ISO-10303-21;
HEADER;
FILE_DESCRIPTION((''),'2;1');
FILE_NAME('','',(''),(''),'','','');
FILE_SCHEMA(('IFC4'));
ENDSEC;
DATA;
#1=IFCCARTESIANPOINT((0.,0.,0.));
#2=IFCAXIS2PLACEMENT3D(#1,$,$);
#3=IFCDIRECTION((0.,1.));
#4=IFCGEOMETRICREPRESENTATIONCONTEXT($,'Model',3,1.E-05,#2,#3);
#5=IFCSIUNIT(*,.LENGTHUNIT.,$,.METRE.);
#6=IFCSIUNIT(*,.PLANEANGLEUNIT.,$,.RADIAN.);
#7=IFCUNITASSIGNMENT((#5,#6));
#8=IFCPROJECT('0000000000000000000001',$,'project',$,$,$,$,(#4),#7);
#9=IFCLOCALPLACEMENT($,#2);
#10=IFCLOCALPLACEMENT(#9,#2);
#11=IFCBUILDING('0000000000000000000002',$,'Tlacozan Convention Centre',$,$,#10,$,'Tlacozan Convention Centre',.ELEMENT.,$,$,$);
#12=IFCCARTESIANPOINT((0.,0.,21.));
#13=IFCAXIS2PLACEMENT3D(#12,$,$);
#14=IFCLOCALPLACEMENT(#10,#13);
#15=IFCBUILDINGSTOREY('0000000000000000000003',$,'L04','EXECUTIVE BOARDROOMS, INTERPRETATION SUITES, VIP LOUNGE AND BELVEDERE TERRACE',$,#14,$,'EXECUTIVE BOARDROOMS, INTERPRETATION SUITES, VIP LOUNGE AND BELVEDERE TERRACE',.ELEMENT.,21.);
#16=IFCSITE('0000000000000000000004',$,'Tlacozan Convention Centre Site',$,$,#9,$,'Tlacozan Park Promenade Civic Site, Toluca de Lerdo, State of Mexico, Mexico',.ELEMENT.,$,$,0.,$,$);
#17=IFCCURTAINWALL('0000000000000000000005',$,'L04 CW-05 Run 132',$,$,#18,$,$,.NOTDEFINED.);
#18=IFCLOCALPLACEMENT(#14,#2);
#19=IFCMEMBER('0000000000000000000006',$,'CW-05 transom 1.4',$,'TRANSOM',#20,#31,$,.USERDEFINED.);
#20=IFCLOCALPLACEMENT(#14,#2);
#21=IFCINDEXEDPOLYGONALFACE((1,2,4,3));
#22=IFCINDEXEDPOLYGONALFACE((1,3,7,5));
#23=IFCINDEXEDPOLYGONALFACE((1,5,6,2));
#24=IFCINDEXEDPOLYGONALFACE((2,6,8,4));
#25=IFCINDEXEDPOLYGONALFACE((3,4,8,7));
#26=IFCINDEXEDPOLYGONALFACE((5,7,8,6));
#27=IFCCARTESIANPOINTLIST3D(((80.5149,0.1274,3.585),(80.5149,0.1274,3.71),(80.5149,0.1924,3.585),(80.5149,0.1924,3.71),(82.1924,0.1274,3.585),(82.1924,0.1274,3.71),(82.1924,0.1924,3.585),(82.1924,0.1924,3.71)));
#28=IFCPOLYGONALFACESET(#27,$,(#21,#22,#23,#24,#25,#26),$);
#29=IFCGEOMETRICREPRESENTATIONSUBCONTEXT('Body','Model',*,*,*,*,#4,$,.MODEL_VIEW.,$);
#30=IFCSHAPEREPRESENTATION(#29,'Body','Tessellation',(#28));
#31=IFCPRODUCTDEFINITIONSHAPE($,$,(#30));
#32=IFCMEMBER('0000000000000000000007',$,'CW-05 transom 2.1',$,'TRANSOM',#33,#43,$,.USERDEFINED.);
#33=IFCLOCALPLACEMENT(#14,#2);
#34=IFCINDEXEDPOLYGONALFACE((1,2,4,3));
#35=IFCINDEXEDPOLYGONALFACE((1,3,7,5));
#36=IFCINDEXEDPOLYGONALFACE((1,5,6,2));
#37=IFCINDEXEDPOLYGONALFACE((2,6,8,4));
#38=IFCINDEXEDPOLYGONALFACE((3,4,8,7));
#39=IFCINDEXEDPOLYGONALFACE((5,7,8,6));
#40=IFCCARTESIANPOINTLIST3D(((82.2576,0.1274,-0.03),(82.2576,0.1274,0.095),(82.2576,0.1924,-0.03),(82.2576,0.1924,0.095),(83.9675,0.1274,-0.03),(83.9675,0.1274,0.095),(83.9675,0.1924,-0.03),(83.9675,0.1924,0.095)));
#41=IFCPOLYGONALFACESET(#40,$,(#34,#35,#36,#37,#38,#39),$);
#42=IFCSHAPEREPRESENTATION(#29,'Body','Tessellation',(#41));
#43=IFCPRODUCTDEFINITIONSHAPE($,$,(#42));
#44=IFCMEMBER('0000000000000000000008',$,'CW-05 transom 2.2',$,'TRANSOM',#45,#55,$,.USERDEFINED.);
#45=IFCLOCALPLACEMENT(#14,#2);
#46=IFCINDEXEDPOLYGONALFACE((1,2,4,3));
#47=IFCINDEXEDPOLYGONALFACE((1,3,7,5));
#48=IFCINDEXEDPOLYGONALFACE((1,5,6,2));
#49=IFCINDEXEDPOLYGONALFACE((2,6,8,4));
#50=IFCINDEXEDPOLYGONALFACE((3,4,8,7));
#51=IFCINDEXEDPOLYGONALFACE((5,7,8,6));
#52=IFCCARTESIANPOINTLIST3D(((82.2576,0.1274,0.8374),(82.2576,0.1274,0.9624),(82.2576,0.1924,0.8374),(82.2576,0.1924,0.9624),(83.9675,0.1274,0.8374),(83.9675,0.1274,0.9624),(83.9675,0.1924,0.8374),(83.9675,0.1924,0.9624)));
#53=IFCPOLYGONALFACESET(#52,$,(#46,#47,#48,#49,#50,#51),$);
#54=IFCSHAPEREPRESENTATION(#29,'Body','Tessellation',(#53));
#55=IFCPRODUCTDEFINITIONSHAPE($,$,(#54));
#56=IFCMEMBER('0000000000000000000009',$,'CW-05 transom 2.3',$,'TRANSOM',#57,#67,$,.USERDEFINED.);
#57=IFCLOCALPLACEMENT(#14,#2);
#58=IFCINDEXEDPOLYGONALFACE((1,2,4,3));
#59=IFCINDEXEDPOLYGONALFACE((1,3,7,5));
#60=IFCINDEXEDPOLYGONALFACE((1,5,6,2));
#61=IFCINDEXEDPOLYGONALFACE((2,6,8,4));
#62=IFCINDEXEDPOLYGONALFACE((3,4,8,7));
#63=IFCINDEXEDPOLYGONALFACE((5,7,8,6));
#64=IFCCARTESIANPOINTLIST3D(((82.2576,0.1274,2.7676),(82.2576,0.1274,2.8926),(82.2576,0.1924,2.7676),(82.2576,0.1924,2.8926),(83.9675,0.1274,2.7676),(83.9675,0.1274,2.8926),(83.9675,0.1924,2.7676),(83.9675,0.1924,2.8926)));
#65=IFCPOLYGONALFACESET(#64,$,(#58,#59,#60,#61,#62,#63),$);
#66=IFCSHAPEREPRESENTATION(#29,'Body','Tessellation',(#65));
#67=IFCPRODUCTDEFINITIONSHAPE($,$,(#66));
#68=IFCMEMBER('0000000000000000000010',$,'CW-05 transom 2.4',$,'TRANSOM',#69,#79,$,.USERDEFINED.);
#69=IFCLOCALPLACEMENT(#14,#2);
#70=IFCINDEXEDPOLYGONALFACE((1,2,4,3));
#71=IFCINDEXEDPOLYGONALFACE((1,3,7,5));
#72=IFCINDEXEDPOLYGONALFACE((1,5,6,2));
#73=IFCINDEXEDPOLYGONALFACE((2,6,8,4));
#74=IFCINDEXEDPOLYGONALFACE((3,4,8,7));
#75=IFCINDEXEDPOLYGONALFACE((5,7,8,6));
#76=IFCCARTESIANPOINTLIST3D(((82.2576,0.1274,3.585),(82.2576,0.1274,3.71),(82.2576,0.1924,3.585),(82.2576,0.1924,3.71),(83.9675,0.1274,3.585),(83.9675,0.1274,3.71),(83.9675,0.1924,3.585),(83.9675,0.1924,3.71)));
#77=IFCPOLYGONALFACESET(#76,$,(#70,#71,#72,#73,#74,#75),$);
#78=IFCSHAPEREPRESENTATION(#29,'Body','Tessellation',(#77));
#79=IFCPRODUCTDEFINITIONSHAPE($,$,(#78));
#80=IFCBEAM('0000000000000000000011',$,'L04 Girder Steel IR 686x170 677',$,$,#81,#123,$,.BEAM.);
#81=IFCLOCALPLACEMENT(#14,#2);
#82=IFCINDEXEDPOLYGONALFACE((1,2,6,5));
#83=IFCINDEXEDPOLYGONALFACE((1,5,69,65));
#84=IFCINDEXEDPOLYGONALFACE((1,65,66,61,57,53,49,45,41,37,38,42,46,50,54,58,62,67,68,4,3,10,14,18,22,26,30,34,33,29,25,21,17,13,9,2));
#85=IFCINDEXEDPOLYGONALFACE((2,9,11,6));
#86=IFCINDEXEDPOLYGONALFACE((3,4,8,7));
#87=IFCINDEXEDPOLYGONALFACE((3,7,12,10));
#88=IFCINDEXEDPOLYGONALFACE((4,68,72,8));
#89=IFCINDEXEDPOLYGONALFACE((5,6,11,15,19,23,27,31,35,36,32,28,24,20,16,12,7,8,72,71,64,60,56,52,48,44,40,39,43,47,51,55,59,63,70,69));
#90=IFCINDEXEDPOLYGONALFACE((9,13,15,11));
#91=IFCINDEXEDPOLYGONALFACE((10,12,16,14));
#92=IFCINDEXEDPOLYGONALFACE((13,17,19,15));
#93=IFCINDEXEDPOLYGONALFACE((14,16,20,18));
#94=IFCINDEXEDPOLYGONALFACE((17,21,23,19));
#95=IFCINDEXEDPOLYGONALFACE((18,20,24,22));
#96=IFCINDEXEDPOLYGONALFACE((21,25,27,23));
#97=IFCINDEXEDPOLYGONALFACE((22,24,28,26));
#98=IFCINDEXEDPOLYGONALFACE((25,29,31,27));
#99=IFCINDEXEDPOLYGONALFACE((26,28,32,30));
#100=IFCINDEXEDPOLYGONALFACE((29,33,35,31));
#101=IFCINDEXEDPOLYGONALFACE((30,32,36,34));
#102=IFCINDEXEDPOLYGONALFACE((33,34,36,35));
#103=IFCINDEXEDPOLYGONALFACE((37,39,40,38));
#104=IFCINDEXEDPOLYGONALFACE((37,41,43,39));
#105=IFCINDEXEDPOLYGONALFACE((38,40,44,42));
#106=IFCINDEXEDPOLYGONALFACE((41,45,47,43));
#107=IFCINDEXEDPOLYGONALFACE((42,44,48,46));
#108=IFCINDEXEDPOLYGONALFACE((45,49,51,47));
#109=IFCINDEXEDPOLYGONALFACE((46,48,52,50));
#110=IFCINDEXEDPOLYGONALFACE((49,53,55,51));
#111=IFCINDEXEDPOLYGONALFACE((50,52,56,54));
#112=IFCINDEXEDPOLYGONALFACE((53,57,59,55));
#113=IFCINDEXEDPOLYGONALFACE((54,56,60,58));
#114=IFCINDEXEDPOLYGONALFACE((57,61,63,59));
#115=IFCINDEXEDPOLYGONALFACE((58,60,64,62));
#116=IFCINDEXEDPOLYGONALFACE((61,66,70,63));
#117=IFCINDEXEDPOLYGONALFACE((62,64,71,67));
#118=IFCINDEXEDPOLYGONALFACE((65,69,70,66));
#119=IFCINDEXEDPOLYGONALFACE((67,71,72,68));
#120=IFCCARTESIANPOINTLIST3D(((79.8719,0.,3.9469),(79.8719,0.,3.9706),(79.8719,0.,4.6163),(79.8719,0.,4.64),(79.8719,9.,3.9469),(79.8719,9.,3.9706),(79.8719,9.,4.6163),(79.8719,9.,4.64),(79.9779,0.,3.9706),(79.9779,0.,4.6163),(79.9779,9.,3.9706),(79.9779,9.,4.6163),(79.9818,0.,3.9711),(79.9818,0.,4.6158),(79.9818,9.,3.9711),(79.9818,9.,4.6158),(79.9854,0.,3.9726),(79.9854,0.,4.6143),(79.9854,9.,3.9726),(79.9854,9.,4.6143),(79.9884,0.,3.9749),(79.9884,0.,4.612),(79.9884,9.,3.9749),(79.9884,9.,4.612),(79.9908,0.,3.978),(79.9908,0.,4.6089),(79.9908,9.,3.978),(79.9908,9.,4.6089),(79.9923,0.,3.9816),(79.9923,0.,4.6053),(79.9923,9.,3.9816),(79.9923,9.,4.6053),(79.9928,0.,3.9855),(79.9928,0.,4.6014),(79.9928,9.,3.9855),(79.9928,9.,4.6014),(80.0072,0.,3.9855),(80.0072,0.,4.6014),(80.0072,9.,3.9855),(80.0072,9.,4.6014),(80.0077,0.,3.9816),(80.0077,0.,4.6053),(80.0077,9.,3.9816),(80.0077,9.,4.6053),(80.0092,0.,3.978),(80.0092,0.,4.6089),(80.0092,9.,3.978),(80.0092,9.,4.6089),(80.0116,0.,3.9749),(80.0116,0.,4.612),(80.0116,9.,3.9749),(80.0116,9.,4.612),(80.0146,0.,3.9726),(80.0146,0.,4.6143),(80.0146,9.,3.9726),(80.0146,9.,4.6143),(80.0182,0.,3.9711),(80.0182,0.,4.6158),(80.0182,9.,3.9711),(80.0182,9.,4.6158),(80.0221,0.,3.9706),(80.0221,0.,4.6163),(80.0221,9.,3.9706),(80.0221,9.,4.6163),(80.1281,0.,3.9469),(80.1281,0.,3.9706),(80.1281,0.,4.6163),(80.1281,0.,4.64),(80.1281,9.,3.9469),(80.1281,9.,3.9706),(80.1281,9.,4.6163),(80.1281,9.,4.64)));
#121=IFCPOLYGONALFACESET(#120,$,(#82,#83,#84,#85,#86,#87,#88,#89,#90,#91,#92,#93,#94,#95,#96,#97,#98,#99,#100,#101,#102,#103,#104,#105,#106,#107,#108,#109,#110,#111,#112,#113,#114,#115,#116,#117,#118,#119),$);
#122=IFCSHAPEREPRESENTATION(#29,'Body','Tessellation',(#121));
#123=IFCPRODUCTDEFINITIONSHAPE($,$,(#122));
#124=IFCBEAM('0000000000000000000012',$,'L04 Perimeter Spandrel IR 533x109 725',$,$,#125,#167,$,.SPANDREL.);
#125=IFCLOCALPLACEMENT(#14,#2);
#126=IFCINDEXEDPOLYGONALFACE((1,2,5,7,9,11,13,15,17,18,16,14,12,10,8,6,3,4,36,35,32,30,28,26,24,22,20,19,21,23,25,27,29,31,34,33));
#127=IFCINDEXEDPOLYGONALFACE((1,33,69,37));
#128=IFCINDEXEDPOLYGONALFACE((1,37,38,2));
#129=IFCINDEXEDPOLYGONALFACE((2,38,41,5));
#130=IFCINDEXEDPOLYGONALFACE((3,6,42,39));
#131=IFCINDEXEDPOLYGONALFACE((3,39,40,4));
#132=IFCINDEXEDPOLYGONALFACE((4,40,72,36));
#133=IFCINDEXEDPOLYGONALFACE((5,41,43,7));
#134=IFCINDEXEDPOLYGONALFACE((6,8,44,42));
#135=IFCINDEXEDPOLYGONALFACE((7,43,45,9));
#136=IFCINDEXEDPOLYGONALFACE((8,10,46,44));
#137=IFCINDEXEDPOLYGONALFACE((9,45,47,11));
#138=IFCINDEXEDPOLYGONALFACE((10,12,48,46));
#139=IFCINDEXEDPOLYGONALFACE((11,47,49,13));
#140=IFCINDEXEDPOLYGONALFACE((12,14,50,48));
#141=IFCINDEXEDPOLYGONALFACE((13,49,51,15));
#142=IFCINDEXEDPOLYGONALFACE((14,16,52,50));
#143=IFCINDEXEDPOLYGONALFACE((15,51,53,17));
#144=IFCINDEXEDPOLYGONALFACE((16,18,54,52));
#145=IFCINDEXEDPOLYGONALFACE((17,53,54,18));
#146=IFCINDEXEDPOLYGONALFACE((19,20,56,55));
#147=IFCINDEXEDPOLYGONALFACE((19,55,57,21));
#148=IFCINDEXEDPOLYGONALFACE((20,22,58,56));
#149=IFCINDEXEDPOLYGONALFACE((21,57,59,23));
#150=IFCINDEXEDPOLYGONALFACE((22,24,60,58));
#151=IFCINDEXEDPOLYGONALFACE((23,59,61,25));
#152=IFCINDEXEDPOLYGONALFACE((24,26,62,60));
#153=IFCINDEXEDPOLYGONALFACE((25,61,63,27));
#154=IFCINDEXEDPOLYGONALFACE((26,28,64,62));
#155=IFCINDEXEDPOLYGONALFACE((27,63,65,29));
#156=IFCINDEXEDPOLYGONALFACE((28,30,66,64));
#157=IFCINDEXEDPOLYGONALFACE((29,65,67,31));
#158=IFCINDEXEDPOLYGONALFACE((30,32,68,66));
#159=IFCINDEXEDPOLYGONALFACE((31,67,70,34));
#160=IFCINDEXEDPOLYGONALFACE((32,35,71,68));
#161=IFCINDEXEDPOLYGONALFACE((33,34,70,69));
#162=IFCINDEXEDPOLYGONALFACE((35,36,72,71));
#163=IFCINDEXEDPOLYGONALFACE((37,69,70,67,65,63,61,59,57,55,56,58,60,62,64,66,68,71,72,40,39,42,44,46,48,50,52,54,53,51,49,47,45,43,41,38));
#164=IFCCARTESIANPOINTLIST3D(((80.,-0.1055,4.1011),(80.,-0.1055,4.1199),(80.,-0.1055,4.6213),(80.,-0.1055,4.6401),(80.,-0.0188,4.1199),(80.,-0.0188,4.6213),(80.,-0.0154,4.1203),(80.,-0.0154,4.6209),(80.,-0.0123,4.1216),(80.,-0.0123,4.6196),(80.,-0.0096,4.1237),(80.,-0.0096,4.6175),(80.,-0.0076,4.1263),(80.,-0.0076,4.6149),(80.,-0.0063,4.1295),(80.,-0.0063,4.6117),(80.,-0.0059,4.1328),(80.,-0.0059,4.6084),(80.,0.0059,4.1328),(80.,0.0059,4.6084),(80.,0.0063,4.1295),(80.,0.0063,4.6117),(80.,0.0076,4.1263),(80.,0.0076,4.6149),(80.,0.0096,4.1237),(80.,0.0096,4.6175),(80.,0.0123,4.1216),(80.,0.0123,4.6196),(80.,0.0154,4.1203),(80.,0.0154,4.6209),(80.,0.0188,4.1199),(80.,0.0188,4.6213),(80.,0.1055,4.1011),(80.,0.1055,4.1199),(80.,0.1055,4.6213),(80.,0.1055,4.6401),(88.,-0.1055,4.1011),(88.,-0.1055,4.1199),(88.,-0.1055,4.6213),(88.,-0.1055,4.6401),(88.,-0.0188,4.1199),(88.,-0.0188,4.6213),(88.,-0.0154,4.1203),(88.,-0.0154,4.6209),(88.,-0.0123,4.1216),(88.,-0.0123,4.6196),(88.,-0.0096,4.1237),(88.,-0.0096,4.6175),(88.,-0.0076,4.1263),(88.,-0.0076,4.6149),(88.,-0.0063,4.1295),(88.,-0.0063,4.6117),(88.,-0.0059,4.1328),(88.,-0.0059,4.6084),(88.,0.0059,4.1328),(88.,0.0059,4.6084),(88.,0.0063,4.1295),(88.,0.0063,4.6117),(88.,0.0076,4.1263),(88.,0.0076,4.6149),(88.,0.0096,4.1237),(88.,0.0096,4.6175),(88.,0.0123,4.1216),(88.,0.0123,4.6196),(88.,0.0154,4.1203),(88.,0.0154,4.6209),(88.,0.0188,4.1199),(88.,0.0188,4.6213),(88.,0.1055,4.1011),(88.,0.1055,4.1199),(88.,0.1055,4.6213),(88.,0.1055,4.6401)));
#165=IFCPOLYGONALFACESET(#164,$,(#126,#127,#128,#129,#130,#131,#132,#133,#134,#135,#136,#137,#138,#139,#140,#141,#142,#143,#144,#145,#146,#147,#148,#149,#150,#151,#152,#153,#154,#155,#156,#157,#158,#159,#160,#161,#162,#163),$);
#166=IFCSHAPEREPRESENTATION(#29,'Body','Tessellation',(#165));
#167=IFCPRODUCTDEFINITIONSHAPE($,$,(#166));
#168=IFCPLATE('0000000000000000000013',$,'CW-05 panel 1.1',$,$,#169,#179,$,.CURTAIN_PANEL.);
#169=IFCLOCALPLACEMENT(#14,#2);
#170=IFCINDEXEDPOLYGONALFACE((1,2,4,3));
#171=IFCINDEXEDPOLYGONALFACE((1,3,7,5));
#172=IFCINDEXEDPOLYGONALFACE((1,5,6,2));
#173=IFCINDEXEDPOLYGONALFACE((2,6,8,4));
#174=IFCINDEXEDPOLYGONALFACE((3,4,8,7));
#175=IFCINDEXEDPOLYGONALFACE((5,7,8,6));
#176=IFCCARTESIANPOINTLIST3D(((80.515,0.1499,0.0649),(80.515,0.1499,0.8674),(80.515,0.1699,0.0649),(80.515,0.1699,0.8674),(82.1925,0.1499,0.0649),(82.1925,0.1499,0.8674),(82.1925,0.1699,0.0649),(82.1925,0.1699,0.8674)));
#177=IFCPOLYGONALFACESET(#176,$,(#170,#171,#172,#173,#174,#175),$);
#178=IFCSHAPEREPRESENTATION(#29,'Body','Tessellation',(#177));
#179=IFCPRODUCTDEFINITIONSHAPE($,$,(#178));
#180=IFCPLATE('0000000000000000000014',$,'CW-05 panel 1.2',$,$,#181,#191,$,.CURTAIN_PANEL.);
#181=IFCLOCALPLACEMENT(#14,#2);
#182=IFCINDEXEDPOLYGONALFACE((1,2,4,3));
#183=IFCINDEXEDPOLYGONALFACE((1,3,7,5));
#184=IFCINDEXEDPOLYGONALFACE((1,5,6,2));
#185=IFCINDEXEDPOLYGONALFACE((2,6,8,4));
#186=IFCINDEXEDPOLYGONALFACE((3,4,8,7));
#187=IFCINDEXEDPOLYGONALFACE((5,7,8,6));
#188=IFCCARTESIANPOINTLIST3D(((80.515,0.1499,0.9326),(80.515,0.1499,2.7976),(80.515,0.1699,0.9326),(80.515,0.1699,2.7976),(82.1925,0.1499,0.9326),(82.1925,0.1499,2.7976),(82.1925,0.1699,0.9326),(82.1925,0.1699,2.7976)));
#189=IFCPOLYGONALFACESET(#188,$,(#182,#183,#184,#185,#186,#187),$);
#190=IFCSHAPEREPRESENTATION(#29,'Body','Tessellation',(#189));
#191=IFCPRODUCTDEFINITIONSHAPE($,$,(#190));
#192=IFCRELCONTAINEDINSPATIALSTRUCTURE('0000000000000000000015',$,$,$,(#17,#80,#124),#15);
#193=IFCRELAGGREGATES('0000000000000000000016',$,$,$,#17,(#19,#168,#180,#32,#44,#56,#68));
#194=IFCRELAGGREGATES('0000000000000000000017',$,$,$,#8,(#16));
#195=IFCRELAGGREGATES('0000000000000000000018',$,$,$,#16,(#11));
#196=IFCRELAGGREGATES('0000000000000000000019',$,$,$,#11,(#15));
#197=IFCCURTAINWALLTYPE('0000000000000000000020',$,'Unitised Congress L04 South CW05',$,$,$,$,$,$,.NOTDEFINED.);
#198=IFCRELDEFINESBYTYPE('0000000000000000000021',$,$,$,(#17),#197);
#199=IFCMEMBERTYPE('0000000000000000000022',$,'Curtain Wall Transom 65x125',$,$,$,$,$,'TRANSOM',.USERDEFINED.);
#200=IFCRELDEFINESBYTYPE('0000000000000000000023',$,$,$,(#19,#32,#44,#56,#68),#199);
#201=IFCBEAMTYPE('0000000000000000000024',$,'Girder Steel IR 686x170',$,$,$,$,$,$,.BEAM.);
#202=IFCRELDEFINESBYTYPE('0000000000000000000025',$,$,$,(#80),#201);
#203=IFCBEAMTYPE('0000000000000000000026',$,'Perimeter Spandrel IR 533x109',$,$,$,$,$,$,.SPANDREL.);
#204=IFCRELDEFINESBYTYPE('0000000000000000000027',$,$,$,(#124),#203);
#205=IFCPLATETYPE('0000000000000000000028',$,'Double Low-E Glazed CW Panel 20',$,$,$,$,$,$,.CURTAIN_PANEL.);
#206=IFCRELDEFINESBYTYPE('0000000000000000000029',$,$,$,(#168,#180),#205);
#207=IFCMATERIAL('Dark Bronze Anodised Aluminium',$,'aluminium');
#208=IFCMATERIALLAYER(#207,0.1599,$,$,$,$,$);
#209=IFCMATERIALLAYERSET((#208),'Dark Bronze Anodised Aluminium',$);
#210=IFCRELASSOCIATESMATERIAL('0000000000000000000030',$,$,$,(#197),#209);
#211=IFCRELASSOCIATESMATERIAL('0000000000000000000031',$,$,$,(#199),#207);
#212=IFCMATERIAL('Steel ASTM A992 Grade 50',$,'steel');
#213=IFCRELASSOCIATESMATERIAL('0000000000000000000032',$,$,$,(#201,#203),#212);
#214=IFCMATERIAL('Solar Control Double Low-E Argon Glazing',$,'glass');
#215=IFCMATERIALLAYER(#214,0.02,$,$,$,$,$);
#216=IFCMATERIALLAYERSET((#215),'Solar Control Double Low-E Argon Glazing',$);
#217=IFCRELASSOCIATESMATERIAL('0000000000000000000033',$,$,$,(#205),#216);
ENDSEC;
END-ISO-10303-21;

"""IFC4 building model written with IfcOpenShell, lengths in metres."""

from ifc_helpers import new_model, si_unit, direction, frame, origin, origin_2d, place, context, subcontext, project, spatial, rectangle, i_section, extrude, material, layer, layer_set, material_profile, profile_set, type_object, element, aggregate, save


model = new_model("IFC4")

# Units and contexts
model_context = context("Model", 3, precision=1e-05, world=origin(), true_north=direction((0.0, 1.0)))
body_context = subcontext(model_context, "Body", "Model", "MODEL_VIEW")
ifc_project = project(units=[si_unit("LENGTHUNIT", "METRE"), si_unit("PLANEANGLEUNIT", "RADIAN")], contexts=[model_context])

# Site, building, storey
site_placement = place(None, origin())
site = spatial("IfcSite", under=ifc_project, at=site_placement, Name="Tlacozan Convention Centre Site", LongName="Tlacozan Park Promenade Civic Site, Toluca de Lerdo, State of Mexico, Mexico", CompositionType="ELEMENT", RefElevation=0.0)
building_placement = place(site_placement, origin())
building = spatial("IfcBuilding", under=site, at=building_placement, Name="Tlacozan Convention Centre", LongName="Tlacozan Convention Centre", CompositionType="ELEMENT")
storey_placement = place(building_placement, frame((0.0, 0.0, 21.0)))
storey = spatial("IfcBuildingStorey", under=building, at=storey_placement, Name="L04", Description="EXECUTIVE BOARDROOMS, INTERPRETATION SUITES, VIP LOUNGE AND BELVEDERE TERRACE", LongName="EXECUTIVE BOARDROOMS, INTERPRETATION SUITES, VIP LOUNGE AND BELVEDERE TERRACE", CompositionType="ELEMENT", Elevation=21.0)

# Curtain wall
ifc_material_1 = material(Name="Dark Bronze Anodised Aluminium", Category="aluminium")
ifc_layer_1 = layer(ifc_material_1, 0.1599)
ifc_layer_set_1 = layer_set([ifc_layer_1], Name="Dark Bronze Anodised Aluminium")
curtain_wall_type = type_object("IfcCurtainWallType", Name="Unitised Congress L04 South CW05", PredefinedType="NOTDEFINED", material=ifc_layer_set_1)
curtain_wall_1_placement = place(storey_placement, origin())
curtain_wall_1 = element("IfcCurtainWall", 1, at=curtain_wall_1_placement, inside=storey, type_object=curtain_wall_type, Name="L04 CW-05 Run 132", PredefinedType="NOTDEFINED")

# Members
ifc_material_profile_1 = material_profile(ifc_material_1, rectangle(XDim=0.0649, YDim=0.125, at=origin_2d()), Name="ALU 65x125")
ifc_profile_set_1 = profile_set([ifc_material_profile_1], Name="Dark Bronze Anodised Aluminium")
member_type_1 = type_object("IfcMemberType", Name="Curtain Wall Transom 65x125", ElementType="TRANSOM", PredefinedType="USERDEFINED", material=ifc_profile_set_1)
member_1_placement = place(storey_placement, frame((80.5149, 0.1599, 3.6475), z_axis=(1.0, 0.0, 0.0), x_axis=(0.0, 1.0, 0.0)))
member_1 = element("IfcMember", 2, at=member_1_placement, type_object=member_type_1, Name="CW-05 transom 1.4", ObjectType="TRANSOM", PredefinedType="USERDEFINED", context=body_context, shape_type="SweptSolid", body=[
    extrude(rectangle(XDim=0.0649, YDim=0.125, at=origin_2d()), origin(), (0.0, 0.0, 1.0), 1.6775),
])
member_2_placement = place(storey_placement, frame((82.2576, 0.1599, 0.0325), z_axis=(1.0, 0.0, 0.0), x_axis=(0.0, 1.0, 0.0)))
member_2 = element("IfcMember", 3, at=member_2_placement, type_object=member_type_1, Name="CW-05 transom 2.1", ObjectType="TRANSOM", PredefinedType="USERDEFINED", context=body_context, shape_type="SweptSolid", body=[
    extrude(rectangle(XDim=0.0649, YDim=0.125, at=origin_2d()), origin(), (0.0, 0.0, 1.0), 1.71),
])
member_3_placement = place(storey_placement, frame((82.2576, 0.1599, 0.8999), z_axis=(1.0, 0.0, 0.0), x_axis=(0.0, 1.0, 0.0)))
member_3 = element("IfcMember", 4, at=member_3_placement, type_object=member_type_1, Name="CW-05 transom 2.2", ObjectType="TRANSOM", PredefinedType="USERDEFINED", context=body_context, shape_type="SweptSolid", body=[
    extrude(rectangle(XDim=0.0649, YDim=0.125, at=origin_2d()), origin(), (0.0, 0.0, 1.0), 1.71),
])
member_4_placement = place(storey_placement, frame((82.2576, 0.1599, 2.8301), z_axis=(1.0, 0.0, 0.0), x_axis=(0.0, 1.0, 0.0)))
member_4 = element("IfcMember", 5, at=member_4_placement, type_object=member_type_1, Name="CW-05 transom 2.3", ObjectType="TRANSOM", PredefinedType="USERDEFINED", context=body_context, shape_type="SweptSolid", body=[
    extrude(rectangle(XDim=0.0649, YDim=0.125, at=origin_2d()), origin(), (0.0, 0.0, 1.0), 1.71),
])
member_5_placement = place(storey_placement, frame((82.2576, 0.1599, 3.6475), z_axis=(1.0, 0.0, 0.0), x_axis=(0.0, 1.0, 0.0)))
member_5 = element("IfcMember", 6, at=member_5_placement, type_object=member_type_1, Name="CW-05 transom 2.4", ObjectType="TRANSOM", PredefinedType="USERDEFINED", context=body_context, shape_type="SweptSolid", body=[
    extrude(rectangle(XDim=0.0649, YDim=0.125, at=origin_2d()), origin(), (0.0, 0.0, 1.0), 1.71),
])

# Beams
ifc_material_2 = material(Name="Steel ASTM A992 Grade 50", Category="steel")
ifc_material_profile_2 = material_profile(ifc_material_2, i_section(OverallWidth=0.2561, OverallDepth=0.6931, WebThickness=0.0144, FlangeThickness=0.0237, FilletRadius=0.0149, at=origin_2d()), Name="IR 686x170.0")
ifc_profile_set_2 = profile_set([ifc_material_profile_2], Name="Steel ASTM A992 Grade 50")
beam_type_1 = type_object("IfcBeamType", Name="Girder Steel IR 686x170", PredefinedType="BEAM", material=ifc_profile_set_2)
beam_1_placement = place(storey_placement, frame((80.0, 0.0, 4.2935), z_axis=(0.0, 1.0, 0.0), x_axis=(-1.0, 0.0, 0.0)))
element("IfcBeam", 7, at=beam_1_placement, inside=storey, type_object=beam_type_1, Name="L04 Girder Steel IR 686x170 677", PredefinedType="BEAM", context=body_context, shape_type="SweptSolid", body=[
    extrude(i_section(OverallWidth=0.2561, OverallDepth=0.6931, WebThickness=0.0144, FlangeThickness=0.0237, FilletRadius=0.0149, at=origin_2d()), origin(), (0.0, 0.0, 1.0), 9.0),
])
ifc_material_profile_3 = material_profile(ifc_material_2, i_section(OverallWidth=0.2109, OverallDepth=0.5391, WebThickness=0.0117, FlangeThickness=0.0188, FilletRadius=0.0129, at=origin_2d()), Name="IR 533x109.0")
ifc_profile_set_3 = profile_set([ifc_material_profile_3], Name="Steel ASTM A992 Grade 50")
beam_type_2 = type_object("IfcBeamType", Name="Perimeter Spandrel IR 533x109", PredefinedType="SPANDREL", material=ifc_profile_set_3)
beam_2_placement = place(storey_placement, frame((80.0, 0.0, 4.3706), z_axis=(1.0, 0.0, 0.0), x_axis=(0.0, 1.0, 0.0)))
element("IfcBeam", 8, at=beam_2_placement, inside=storey, type_object=beam_type_2, Name="L04 Perimeter Spandrel IR 533x109 725", PredefinedType="SPANDREL", context=body_context, shape_type="SweptSolid", body=[
    extrude(i_section(OverallWidth=0.2109, OverallDepth=0.5391, WebThickness=0.0117, FlangeThickness=0.0188, FilletRadius=0.0129, at=origin_2d()), origin(), (0.0, 0.0, 1.0), 8.0),
])

# Plates
ifc_material_3 = material(Name="Solar Control Double Low-E Argon Glazing", Category="glass")
ifc_layer_2 = layer(ifc_material_3, 0.02)
ifc_layer_set_2 = layer_set([ifc_layer_2], Name="Solar Control Double Low-E Argon Glazing")
plate_type_1 = type_object("IfcPlateType", Name="Double Low-E Glazed CW Panel 20", PredefinedType="CURTAIN_PANEL", material=ifc_layer_set_2)
plate_1_placement = place(storey_placement, frame((81.3538, 0.1599, 0.0649), z_axis=(0.0, 0.0, 1.0), x_axis=(1.0, 0.0, 0.0)))
plate_1 = element("IfcPlate", 9, at=plate_1_placement, type_object=plate_type_1, Name="CW-05 panel 1.1", PredefinedType="CURTAIN_PANEL", context=body_context, shape_type="SweptSolid", body=[
    extrude(rectangle(XDim=1.6775, YDim=0.02, at=origin_2d()), origin(), (0.0, 0.0, 1.0), 0.8025),
])
plate_2_placement = place(storey_placement, frame((81.3538, 0.1599, 0.9326), z_axis=(0.0, 0.0, 1.0), x_axis=(1.0, 0.0, 0.0)))
plate_2 = element("IfcPlate", 10, at=plate_2_placement, type_object=plate_type_1, Name="CW-05 panel 1.2", PredefinedType="CURTAIN_PANEL", context=body_context, shape_type="SweptSolid", body=[
    extrude(rectangle(XDim=1.6775, YDim=0.02, at=origin_2d()), origin(), (0.0, 0.0, 1.0), 1.865),
])
aggregate(curtain_wall_1, [member_1, plate_1, plate_2, member_2, member_3, member_4, member_5])

save(model, "model.ifc")
